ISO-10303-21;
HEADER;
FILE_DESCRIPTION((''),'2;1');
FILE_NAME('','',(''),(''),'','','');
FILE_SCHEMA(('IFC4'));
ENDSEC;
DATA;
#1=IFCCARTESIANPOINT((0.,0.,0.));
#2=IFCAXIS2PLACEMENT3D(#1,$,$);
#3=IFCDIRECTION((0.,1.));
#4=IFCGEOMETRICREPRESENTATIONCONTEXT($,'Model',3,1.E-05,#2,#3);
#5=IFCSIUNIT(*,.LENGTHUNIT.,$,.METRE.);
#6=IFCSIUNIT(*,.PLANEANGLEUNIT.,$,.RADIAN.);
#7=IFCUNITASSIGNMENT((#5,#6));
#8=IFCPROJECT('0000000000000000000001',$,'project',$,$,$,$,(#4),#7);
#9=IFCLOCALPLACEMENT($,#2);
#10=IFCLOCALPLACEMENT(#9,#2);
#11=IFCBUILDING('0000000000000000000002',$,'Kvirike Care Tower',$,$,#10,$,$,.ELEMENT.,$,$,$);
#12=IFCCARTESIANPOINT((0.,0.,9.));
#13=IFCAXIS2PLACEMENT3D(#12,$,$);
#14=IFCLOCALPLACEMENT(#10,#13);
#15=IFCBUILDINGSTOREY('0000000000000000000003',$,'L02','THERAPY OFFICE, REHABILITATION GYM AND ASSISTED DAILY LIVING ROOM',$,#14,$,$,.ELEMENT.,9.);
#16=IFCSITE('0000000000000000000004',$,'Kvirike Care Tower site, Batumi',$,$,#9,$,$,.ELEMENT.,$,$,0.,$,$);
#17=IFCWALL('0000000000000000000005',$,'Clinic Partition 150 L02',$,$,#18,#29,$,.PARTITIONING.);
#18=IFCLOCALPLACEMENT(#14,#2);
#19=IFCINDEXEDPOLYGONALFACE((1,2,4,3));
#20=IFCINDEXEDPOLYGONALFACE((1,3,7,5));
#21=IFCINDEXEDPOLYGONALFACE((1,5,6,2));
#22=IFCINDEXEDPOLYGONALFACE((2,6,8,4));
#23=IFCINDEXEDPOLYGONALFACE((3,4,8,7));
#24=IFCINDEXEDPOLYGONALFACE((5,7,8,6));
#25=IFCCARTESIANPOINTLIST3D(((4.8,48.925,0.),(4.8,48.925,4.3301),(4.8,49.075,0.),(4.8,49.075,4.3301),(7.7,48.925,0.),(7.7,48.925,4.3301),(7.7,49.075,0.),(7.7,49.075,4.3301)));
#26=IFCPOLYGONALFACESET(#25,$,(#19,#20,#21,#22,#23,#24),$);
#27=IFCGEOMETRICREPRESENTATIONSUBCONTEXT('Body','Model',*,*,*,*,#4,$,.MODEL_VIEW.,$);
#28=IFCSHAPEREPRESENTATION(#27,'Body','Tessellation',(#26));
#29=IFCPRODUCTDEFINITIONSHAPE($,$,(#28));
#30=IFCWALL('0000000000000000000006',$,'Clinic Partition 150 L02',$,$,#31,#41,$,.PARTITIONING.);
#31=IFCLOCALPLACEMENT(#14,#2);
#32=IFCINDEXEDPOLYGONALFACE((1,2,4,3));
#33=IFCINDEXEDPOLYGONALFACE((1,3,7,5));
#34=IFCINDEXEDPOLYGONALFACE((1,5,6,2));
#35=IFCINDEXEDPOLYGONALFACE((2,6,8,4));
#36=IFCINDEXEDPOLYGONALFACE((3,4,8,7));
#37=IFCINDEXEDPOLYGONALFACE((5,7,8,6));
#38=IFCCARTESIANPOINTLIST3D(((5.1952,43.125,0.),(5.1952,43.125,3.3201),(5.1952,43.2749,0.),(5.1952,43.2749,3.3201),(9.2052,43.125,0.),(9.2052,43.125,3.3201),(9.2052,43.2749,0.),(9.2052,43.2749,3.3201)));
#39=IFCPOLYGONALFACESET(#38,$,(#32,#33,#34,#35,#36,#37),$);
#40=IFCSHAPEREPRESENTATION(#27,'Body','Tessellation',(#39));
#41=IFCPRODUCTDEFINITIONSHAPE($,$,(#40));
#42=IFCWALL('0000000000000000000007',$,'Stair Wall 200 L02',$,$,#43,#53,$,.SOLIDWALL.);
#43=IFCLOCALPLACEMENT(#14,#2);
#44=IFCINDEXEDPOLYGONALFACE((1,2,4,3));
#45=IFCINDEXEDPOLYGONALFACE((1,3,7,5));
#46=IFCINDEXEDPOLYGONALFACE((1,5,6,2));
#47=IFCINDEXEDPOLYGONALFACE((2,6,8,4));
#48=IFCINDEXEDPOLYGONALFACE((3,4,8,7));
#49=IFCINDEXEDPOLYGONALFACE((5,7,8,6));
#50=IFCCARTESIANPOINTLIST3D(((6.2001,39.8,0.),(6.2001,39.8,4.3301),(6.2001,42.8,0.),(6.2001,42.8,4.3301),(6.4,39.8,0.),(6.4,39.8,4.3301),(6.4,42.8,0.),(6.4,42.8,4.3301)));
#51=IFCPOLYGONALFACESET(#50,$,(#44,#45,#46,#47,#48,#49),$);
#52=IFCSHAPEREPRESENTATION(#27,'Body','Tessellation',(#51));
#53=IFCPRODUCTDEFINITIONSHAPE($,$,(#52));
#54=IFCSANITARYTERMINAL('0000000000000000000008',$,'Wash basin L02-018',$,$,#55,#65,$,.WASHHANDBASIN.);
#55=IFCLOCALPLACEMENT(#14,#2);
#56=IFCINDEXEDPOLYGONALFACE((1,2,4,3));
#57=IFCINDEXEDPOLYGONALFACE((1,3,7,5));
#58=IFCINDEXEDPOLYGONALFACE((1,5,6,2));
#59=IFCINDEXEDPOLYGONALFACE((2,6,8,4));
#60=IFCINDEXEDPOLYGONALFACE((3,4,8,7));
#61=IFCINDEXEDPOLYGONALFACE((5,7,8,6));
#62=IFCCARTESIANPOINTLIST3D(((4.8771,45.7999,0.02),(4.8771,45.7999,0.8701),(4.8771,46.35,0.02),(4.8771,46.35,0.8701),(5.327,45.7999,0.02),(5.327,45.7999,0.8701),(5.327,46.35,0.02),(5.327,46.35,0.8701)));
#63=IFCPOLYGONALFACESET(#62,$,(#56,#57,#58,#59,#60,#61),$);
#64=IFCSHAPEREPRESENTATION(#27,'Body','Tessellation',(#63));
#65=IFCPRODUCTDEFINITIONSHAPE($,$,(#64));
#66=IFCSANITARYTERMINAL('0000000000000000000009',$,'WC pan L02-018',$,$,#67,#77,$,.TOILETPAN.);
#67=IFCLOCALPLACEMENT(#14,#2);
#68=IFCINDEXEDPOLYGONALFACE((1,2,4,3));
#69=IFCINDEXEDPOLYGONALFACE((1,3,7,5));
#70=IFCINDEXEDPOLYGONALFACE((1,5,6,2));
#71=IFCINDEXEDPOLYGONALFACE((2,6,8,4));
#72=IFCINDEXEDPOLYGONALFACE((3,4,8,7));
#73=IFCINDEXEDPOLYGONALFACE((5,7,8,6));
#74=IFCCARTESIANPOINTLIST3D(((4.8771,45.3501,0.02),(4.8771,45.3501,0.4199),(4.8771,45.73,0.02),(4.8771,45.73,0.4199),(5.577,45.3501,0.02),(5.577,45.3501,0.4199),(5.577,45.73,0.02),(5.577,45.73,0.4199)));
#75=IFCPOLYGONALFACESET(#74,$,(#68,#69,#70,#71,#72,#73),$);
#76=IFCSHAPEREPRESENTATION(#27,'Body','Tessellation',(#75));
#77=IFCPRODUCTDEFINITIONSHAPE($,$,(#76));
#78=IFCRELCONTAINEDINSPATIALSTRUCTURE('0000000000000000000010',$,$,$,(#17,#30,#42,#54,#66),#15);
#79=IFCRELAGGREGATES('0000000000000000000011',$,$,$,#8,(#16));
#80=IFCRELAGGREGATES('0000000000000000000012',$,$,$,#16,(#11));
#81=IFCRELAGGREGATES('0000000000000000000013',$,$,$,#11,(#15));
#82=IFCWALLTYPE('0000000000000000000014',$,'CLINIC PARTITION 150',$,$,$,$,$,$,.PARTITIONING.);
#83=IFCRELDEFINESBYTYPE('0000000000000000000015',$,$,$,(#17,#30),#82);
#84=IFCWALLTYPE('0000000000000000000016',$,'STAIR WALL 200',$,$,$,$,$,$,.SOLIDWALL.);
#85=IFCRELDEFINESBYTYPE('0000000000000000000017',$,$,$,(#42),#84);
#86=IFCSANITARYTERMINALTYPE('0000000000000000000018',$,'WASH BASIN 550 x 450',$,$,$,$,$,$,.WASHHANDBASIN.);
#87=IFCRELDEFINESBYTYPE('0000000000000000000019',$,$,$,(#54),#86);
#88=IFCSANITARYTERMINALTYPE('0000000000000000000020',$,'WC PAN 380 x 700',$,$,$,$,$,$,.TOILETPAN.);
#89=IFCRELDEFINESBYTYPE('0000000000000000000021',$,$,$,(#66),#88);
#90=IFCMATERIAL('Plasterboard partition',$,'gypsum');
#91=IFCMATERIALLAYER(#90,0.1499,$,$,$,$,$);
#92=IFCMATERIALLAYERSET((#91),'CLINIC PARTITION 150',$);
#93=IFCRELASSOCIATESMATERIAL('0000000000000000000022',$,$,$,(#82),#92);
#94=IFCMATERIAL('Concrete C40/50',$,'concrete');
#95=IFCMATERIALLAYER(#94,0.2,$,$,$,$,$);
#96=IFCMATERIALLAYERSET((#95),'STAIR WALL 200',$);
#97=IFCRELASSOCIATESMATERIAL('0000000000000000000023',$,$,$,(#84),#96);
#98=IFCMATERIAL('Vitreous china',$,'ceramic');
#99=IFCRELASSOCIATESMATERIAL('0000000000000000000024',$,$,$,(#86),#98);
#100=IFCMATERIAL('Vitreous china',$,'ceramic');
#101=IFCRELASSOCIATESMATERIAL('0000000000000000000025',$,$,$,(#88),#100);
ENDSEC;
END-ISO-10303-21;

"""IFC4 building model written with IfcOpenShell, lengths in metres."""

from ifc_helpers import new_model, si_unit, direction, frame, frame_2d, origin, origin_2d, place, context, subcontext, project, spatial, rectangle, extrude, material, layer, layer_set, type_object, element, save


model = new_model("IFC4")

# Units and contexts
model_context = context("Model", 3, precision=1e-05, world=origin(), true_north=direction((0.0, 1.0)))
body_context = subcontext(model_context, "Body", "Model", "MODEL_VIEW")
ifc_project = project(units=[si_unit("LENGTHUNIT", "METRE"), si_unit("PLANEANGLEUNIT", "RADIAN")], contexts=[model_context])

# Site, building, storey
site_placement = place(None, origin())
site = spatial("IfcSite", under=ifc_project, at=site_placement, Name="Kvirike Care Tower site, Batumi", CompositionType="ELEMENT", RefElevation=0.0)
building_placement = place(site_placement, origin())
building = spatial("IfcBuilding", under=site, at=building_placement, Name="Kvirike Care Tower", CompositionType="ELEMENT")
storey_placement = place(building_placement, frame((0.0, 0.0, 9.0)))
storey = spatial("IfcBuildingStorey", under=building, at=storey_placement, Name="L02", Description="THERAPY OFFICE, REHABILITATION GYM AND ASSISTED DAILY LIVING ROOM", CompositionType="ELEMENT", Elevation=9.0)

# Walls
ifc_material_1 = material(Name="Plasterboard partition", Category="gypsum")
ifc_layer_1 = layer(ifc_material_1, 0.1499)
ifc_layer_set_1 = layer_set([ifc_layer_1], Name="CLINIC PARTITION 150")
wall_type_1 = type_object("IfcWallType", Name="CLINIC PARTITION 150", PredefinedType="PARTITIONING", material=ifc_layer_set_1)
wall_1_placement = place(storey_placement, frame((7.7, 49.0, 0.0), z_axis=(0.0, 0.0, 1.0), x_axis=(-1.0, 0.0, 0.0)))
element("IfcWall", 1, at=wall_1_placement, inside=storey, type_object=wall_type_1, Name="Clinic Partition 150 L02", PredefinedType="PARTITIONING", context=body_context, shape_type="SweptSolid", body=[
    extrude(rectangle(XDim=2.8999, YDim=0.1499, at=frame_2d((1.45, 0.0))), origin(), (0.0, 0.0, 1.0), 4.3301),
])
wall_2_placement = place(storey_placement, frame((9.2051, 43.2, 0.0), z_axis=(0.0, 0.0, 1.0), x_axis=(-1.0, 0.0, 0.0)))
element("IfcWall", 2, at=wall_2_placement, inside=storey, type_object=wall_type_1, Name="Clinic Partition 150 L02", PredefinedType="PARTITIONING", context=body_context, shape_type="SweptSolid", body=[
    extrude(rectangle(XDim=4.01, YDim=0.1499, at=frame_2d((2.0049, 0.0))), origin(), (0.0, 0.0, 1.0), 3.3201),
])

# Wall
ifc_material_2 = material(Name="Concrete C40/50", Category="concrete")
ifc_layer_2 = layer(ifc_material_2, 0.2)
ifc_layer_set_2 = layer_set([ifc_layer_2], Name="STAIR WALL 200")
wall_type_2 = type_object("IfcWallType", Name="STAIR WALL 200", PredefinedType="SOLIDWALL", material=ifc_layer_set_2)
wall_3_placement = place(storey_placement, frame((6.3, 42.8, 0.0), z_axis=(0.0, 0.0, 1.0), x_axis=(0.0, -1.0, 0.0)))
element("IfcWall", 3, at=wall_3_placement, inside=storey, type_object=wall_type_2, Name="Stair Wall 200 L02", PredefinedType="SOLIDWALL", context=body_context, shape_type="SweptSolid", body=[
    extrude(rectangle(XDim=3.0, YDim=0.2, at=frame_2d((1.5, 0.0))), origin(), (0.0, 0.0, 1.0), 4.3301),
])

# Sanitary terminals
ifc_material_3 = material(Name="Vitreous china", Category="ceramic")
sanitary_terminal_type_1 = type_object("IfcSanitaryTerminalType", Name="WASH BASIN 550 x 450", PredefinedType="WASHHANDBASIN", material=ifc_material_3)
sanitary_terminal_1_placement = place(storey_placement, frame((5.1021, 46.075, 0.02), z_axis=(0.0, 0.0, 1.0), x_axis=(0.0, 1.0, 0.0)))
element("IfcSanitaryTerminal", 4, at=sanitary_terminal_1_placement, inside=storey, type_object=sanitary_terminal_type_1, Name="Wash basin L02-018", PredefinedType="WASHHANDBASIN", context=body_context, shape_type="SweptSolid", body=[
    extrude(rectangle(XDim=0.55, YDim=0.45, at=origin_2d()), origin(), (0.0, 0.0, 1.0), 0.8501),
])
ifc_material_4 = material(Name="Vitreous china", Category="ceramic")
sanitary_terminal_type_2 = type_object("IfcSanitaryTerminalType", Name="WC PAN 380 x 700", PredefinedType="TOILETPAN", material=ifc_material_4)
sanitary_terminal_2_placement = place(storey_placement, frame((5.2271, 45.54, 0.02), z_axis=(0.0, 0.0, 1.0), x_axis=(0.0, 1.0, 0.0)))
element("IfcSanitaryTerminal", 5, at=sanitary_terminal_2_placement, inside=storey, type_object=sanitary_terminal_type_2, Name="WC pan L02-018", PredefinedType="TOILETPAN", context=body_context, shape_type="SweptSolid", body=[
    extrude(rectangle(XDim=0.3799, YDim=0.7, at=origin_2d()), origin(), (0.0, 0.0, 1.0), 0.3999),
])

save(model, "model.ifc")
